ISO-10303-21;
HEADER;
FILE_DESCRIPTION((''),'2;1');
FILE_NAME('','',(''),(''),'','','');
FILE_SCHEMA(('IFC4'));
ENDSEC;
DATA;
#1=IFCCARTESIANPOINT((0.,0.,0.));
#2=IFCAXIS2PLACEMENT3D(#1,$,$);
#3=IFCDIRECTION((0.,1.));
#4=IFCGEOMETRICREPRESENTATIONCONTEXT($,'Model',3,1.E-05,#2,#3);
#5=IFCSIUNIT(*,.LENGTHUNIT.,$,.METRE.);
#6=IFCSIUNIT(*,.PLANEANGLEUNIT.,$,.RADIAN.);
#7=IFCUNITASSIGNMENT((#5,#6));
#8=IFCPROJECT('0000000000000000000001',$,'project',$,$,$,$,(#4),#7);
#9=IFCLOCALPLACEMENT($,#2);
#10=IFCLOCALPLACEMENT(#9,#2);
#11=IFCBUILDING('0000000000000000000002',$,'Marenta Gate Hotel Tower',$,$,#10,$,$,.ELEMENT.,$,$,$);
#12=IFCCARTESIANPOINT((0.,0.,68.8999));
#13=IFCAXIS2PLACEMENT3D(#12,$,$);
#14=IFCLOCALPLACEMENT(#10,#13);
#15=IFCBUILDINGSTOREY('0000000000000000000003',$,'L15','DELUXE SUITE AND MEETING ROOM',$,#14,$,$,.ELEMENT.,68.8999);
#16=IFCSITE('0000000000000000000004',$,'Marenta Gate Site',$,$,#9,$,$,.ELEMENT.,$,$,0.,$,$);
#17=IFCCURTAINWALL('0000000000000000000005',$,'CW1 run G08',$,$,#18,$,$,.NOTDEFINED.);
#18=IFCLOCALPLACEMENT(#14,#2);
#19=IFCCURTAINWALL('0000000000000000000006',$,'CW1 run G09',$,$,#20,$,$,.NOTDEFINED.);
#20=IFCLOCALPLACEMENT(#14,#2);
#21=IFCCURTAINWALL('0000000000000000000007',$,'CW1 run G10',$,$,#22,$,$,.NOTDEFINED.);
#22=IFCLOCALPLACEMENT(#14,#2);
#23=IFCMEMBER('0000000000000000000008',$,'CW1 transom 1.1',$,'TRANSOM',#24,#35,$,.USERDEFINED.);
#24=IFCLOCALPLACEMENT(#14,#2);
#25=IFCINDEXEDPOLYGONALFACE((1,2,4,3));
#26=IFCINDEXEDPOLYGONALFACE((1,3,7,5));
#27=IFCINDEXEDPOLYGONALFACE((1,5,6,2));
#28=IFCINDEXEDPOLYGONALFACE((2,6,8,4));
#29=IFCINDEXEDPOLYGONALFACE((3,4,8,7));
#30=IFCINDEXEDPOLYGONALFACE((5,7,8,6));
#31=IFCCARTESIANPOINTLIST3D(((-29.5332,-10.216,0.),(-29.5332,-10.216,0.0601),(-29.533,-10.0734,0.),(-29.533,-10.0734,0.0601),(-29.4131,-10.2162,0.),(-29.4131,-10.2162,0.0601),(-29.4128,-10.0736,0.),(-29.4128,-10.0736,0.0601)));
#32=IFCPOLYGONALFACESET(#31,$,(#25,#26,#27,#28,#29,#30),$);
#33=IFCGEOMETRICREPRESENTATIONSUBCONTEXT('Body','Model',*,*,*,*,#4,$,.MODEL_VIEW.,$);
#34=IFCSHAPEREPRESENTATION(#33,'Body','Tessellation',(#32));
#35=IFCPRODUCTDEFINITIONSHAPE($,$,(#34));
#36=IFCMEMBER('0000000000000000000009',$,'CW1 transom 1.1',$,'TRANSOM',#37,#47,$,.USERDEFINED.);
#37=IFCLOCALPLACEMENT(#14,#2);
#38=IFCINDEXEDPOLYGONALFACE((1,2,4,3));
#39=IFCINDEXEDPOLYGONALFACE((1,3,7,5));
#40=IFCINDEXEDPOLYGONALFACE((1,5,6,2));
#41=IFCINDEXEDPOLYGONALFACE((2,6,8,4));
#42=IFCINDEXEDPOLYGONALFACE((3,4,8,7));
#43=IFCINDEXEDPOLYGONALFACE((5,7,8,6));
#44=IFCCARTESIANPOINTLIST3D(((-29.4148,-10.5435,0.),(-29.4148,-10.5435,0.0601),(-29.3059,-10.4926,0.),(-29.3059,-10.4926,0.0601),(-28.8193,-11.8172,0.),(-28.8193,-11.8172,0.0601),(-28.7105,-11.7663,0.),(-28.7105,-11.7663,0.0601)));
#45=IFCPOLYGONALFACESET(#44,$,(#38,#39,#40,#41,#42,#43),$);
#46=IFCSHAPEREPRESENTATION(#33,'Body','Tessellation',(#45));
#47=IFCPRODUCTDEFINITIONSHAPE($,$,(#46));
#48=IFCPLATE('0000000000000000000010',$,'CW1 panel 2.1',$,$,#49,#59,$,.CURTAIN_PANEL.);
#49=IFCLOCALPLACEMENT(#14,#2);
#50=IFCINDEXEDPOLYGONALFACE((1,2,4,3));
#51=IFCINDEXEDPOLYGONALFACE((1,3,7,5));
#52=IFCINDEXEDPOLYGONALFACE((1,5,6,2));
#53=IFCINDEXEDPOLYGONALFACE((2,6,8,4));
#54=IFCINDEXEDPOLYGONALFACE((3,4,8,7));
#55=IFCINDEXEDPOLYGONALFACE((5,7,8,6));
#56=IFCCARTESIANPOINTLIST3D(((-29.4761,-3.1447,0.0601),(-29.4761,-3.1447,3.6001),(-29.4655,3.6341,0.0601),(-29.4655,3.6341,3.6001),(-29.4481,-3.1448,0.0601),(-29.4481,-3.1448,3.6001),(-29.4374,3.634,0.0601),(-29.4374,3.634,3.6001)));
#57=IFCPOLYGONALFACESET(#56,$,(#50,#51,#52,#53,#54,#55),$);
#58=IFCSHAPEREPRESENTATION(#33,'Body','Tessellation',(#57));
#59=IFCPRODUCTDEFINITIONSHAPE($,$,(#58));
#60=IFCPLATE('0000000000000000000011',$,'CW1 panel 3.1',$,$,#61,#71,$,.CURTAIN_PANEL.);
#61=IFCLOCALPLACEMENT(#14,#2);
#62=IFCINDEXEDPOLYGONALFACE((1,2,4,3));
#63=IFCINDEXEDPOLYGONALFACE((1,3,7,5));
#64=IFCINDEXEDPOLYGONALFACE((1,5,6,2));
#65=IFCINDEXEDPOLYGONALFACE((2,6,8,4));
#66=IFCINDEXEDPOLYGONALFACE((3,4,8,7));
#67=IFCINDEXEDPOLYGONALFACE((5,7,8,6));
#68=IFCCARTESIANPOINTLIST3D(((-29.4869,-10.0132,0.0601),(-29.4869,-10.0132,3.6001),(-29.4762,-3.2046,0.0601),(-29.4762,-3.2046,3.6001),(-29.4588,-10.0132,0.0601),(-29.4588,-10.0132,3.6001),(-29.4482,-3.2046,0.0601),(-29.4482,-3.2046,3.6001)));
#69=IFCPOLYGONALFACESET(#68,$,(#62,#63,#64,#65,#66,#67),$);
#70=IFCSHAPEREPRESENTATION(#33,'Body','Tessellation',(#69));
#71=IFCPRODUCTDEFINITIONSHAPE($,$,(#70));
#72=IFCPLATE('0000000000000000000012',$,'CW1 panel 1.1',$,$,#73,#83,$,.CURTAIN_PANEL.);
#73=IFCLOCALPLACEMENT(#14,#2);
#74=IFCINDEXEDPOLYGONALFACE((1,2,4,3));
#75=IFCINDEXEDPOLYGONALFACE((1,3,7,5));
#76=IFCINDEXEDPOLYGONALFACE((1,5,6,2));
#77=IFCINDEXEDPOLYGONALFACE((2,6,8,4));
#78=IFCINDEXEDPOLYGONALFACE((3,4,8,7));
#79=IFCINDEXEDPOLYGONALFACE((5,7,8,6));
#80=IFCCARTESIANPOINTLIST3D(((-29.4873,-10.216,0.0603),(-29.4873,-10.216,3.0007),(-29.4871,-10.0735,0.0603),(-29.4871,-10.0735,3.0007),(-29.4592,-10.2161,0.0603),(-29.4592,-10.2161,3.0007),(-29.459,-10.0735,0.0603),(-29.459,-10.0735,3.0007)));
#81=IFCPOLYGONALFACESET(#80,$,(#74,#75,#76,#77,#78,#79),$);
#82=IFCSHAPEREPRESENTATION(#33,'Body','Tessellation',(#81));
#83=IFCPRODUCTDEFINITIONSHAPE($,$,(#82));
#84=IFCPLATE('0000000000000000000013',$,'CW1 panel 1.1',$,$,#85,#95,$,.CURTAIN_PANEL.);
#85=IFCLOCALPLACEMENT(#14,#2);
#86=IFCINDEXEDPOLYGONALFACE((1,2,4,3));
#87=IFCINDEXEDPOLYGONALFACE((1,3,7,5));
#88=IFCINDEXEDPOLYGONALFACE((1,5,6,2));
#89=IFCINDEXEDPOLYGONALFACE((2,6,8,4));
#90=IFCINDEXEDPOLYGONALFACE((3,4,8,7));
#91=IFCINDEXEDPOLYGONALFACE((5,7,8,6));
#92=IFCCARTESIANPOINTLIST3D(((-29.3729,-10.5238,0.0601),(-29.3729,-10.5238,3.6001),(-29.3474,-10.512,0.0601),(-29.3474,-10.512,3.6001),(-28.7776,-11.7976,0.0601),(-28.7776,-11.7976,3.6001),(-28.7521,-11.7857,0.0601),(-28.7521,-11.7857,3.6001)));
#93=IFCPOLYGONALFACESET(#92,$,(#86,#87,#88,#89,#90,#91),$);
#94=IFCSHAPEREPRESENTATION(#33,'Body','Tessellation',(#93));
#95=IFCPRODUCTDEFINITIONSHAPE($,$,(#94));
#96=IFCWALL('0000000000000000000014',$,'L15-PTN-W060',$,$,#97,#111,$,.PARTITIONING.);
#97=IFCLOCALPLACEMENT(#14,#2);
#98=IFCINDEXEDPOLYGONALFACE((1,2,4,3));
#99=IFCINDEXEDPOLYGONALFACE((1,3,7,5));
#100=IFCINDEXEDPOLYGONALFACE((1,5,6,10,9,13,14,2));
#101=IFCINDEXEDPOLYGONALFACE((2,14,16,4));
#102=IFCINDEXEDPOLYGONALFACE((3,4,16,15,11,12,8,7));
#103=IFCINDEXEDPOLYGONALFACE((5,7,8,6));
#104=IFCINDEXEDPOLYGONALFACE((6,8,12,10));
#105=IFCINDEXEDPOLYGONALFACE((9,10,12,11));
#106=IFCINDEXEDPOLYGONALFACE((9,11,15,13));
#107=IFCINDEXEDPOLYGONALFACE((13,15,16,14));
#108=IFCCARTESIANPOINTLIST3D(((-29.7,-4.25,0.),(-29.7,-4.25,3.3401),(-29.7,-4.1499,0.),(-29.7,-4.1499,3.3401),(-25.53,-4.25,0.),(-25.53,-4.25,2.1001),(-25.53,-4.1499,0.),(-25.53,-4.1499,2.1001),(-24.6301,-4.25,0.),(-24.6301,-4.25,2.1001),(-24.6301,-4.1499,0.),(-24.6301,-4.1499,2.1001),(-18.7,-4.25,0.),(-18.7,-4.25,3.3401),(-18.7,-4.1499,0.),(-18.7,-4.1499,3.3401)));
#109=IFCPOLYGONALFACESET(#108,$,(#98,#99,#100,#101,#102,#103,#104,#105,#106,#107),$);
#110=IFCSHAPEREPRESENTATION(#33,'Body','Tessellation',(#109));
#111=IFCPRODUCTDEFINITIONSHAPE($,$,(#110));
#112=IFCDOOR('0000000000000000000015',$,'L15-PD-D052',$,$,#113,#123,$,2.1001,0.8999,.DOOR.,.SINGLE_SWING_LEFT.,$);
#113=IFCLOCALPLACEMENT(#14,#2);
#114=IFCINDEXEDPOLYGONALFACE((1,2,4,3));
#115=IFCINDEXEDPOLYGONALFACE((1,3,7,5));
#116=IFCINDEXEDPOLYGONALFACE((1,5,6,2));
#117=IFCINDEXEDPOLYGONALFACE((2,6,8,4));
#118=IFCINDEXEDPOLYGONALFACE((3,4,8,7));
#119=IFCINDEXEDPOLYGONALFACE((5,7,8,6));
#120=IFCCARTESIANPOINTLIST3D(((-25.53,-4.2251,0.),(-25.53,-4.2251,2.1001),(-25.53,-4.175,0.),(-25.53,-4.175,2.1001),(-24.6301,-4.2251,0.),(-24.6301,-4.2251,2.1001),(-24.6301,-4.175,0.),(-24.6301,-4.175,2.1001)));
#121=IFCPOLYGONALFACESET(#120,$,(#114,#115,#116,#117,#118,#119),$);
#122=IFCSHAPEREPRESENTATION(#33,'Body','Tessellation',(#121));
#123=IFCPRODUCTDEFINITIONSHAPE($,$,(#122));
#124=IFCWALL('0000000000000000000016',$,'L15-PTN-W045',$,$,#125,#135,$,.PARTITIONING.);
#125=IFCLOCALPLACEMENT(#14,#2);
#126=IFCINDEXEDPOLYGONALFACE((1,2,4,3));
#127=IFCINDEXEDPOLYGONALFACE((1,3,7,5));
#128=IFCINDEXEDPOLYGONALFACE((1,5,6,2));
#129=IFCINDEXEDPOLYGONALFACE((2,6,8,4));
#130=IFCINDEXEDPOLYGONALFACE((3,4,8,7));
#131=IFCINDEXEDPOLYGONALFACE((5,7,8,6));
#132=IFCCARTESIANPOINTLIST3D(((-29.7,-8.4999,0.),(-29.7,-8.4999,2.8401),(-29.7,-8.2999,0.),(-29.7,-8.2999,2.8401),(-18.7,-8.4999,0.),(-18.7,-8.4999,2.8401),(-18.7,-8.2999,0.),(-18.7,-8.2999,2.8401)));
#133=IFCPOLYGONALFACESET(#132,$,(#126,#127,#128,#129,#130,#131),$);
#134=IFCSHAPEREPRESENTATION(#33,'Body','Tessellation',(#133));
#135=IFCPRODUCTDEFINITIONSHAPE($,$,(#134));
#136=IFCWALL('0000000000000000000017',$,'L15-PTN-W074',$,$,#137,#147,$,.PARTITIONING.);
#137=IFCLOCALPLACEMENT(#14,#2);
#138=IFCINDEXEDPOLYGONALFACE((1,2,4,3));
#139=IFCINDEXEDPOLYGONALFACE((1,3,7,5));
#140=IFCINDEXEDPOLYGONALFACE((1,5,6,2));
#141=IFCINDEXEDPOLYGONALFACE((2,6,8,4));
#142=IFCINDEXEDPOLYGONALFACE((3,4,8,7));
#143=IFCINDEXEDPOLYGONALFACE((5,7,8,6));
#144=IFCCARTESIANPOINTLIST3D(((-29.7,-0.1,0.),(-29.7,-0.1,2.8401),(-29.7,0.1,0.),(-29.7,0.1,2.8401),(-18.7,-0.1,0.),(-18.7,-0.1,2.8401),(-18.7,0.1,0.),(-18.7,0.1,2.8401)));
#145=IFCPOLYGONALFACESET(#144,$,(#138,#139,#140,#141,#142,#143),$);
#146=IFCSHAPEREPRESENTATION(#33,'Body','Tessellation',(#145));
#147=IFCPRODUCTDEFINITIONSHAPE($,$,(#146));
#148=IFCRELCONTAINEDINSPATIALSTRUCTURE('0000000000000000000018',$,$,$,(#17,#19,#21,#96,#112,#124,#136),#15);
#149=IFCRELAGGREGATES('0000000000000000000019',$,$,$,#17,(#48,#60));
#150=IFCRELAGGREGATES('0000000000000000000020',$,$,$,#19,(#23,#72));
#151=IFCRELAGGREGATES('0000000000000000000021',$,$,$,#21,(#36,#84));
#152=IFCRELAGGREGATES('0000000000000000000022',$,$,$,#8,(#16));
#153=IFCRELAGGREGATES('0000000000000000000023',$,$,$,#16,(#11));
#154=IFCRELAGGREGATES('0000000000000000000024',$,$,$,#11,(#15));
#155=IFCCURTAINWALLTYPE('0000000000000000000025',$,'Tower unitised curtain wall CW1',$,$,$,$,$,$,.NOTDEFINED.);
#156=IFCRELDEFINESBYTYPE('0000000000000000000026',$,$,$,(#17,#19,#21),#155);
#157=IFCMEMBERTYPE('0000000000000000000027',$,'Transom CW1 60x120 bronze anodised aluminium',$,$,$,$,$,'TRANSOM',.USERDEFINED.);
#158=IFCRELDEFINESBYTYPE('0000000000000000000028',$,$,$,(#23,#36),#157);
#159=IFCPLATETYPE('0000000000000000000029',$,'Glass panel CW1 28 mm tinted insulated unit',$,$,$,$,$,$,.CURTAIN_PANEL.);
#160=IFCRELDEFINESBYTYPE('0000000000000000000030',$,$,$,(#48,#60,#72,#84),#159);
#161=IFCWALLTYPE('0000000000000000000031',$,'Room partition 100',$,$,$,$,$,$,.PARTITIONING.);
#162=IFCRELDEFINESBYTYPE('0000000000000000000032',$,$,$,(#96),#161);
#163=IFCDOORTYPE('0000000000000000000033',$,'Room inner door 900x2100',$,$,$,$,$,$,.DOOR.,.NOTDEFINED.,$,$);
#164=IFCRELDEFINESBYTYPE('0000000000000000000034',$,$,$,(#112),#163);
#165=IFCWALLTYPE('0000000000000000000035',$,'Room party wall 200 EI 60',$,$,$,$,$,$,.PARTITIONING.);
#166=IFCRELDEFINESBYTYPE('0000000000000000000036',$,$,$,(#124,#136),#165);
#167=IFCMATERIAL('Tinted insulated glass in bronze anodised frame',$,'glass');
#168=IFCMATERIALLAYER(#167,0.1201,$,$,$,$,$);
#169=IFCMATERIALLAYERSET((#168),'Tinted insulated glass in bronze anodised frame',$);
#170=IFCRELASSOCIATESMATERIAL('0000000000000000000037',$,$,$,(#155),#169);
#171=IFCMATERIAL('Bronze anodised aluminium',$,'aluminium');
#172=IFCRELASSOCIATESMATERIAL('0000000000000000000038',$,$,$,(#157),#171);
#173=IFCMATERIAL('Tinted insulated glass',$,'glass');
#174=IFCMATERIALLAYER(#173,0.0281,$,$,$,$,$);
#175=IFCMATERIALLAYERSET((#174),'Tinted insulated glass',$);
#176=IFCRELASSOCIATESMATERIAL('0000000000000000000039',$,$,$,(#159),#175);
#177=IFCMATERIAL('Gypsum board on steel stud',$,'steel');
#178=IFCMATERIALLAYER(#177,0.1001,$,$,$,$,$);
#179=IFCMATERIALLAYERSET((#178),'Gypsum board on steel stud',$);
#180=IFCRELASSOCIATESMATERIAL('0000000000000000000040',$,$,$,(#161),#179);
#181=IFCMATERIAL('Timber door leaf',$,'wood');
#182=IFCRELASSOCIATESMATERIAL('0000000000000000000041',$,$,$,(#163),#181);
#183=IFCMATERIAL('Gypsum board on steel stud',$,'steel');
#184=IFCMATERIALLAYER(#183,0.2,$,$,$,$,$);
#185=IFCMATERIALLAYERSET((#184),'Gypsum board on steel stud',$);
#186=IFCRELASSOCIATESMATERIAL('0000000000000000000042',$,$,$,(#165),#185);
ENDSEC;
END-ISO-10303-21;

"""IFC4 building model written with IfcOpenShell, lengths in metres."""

from ifc_helpers import new_model, si_unit, direction, frame, frame_2d, origin, origin_2d, place, context, subcontext, project, spatial, rectangle, extrude, material, layer, layer_set, material_profile, profile_set, type_object, element, fill, aggregate, save


model = new_model("IFC4")

# Units and contexts
model_context = context("Model", 3, precision=1e-05, world=origin(), true_north=direction((0.0, 1.0)))
body_context = subcontext(model_context, "Body", "Model", "MODEL_VIEW")
ifc_project = project(units=[si_unit("LENGTHUNIT", "METRE"), si_unit("PLANEANGLEUNIT", "RADIAN")], contexts=[model_context])

# Site, building, storey
site_placement = place(None, origin())
site = spatial("IfcSite", under=ifc_project, at=site_placement, Name="Marenta Gate Site", CompositionType="ELEMENT", RefElevation=0.0)
building_placement = place(site_placement, origin())
building = spatial("IfcBuilding", under=site, at=building_placement, Name="Marenta Gate Hotel Tower", CompositionType="ELEMENT")
storey_placement = place(building_placement, frame((0.0, 0.0, 68.8999)))
storey = spatial("IfcBuildingStorey", under=building, at=storey_placement, Name="L15", Description="DELUXE SUITE AND MEETING ROOM", CompositionType="ELEMENT", Elevation=68.8999)

# Curtain wall
ifc_material_1 = material(Name="Tinted insulated glass in bronze anodised frame", Category="glass")
ifc_layer_1 = layer(ifc_material_1, 0.1201)
ifc_layer_set_1 = layer_set([ifc_layer_1], Name="Tinted insulated glass in bronze anodised frame")
curtain_wall_type = type_object("IfcCurtainWallType", Name="Tower unitised curtain wall CW1", PredefinedType="NOTDEFINED", material=ifc_layer_set_1)
curtain_wall_1_placement = place(storey_placement, origin())
curtain_wall_1 = element("IfcCurtainWall", 1, at=curtain_wall_1_placement, inside=storey, type_object=curtain_wall_type, Name="CW1 run G08", PredefinedType="NOTDEFINED")

# Curtain wall
curtain_wall_2_placement = place(storey_placement, origin())
curtain_wall_2 = element("IfcCurtainWall", 2, at=curtain_wall_2_placement, inside=storey, type_object=curtain_wall_type, Name="CW1 run G09", PredefinedType="NOTDEFINED")

# Curtain wall
curtain_wall_3_placement = place(storey_placement, origin())
curtain_wall_3 = element("IfcCurtainWall", 3, at=curtain_wall_3_placement, inside=storey, type_object=curtain_wall_type, Name="CW1 run G10", PredefinedType="NOTDEFINED")

# Members
ifc_material_2 = material(Name="Bronze anodised aluminium", Category="aluminium")
ifc_material_profile_1 = material_profile(ifc_material_2, rectangle(XDim=0.1201, YDim=0.0601, at=origin_2d()), Name="Transom CW1 60x120 bronze anodised aluminium")
ifc_profile_set_1 = profile_set([ifc_material_profile_1], Name="Bronze anodised aluminium")
member_type_1 = type_object("IfcMemberType", Name="Transom CW1 60x120 bronze anodised aluminium", ElementType="TRANSOM", PredefinedType="USERDEFINED", material=ifc_profile_set_1)
member_1_placement = place(storey_placement, frame((-29.4729, -10.0735, 0.03), z_axis=(-0.001712, -0.999999, 0.0), x_axis=(0.999999, -0.001712, 0.0)))
member_1 = element("IfcMember", 4, at=member_1_placement, type_object=member_type_1, Name="CW1 transom 1.1", ObjectType="TRANSOM", PredefinedType="USERDEFINED", context=body_context, shape_type="SweptSolid", body=[
    extrude(rectangle(XDim=0.1201, YDim=0.0601, at=origin_2d()), origin(), (0.0, 0.0, 1.0), 0.1426),
])
member_2_placement = place(storey_placement, frame((-29.3604, -10.5181, 0.03), z_axis=(0.423513, -0.90589, 0.0), x_axis=(0.90589, 0.423513, 0.0)))
member_2 = element("IfcMember", 5, at=member_2_placement, type_object=member_type_1, Name="CW1 transom 1.1", ObjectType="TRANSOM", PredefinedType="USERDEFINED", context=body_context, shape_type="SweptSolid", body=[
    extrude(rectangle(XDim=0.1201, YDim=0.0601, at=origin_2d()), origin(), (0.0, 0.0, 1.0), 1.406),
])

# Plates
ifc_material_3 = material(Name="Tinted insulated glass", Category="glass")
ifc_layer_2 = layer(ifc_material_3, 0.0281)
ifc_layer_set_2 = layer_set([ifc_layer_2], Name="Tinted insulated glass")
plate_type = type_object("IfcPlateType", Name="Glass panel CW1 28 mm tinted insulated unit", PredefinedType="CURTAIN_PANEL", material=ifc_layer_set_2)
plate_1_placement = place(storey_placement, frame((-29.4568, 0.2446, 0.0601), z_axis=(0.0, 0.0, 1.0), x_axis=(-0.001565, -0.999999, 0.0)))
plate_1 = element("IfcPlate", 6, at=plate_1_placement, type_object=plate_type, Name="CW1 panel 2.1", PredefinedType="CURTAIN_PANEL", context=body_context, shape_type="SweptSolid", body=[
    extrude(rectangle(XDim=6.7788, YDim=0.0281, at=origin_2d()), origin(), (0.0, 0.0, 1.0), 3.54),
])
plate_2_placement = place(storey_placement, frame((-29.4675, -6.6089, 0.0601), z_axis=(0.0, 0.0, 1.0), x_axis=(-0.001565, -0.999999, 0.0)))
plate_2 = element("IfcPlate", 7, at=plate_2_placement, type_object=plate_type, Name="CW1 panel 3.1", PredefinedType="CURTAIN_PANEL", context=body_context, shape_type="SweptSolid", body=[
    extrude(rectangle(XDim=6.8086, YDim=0.0281, at=origin_2d()), origin(), (0.0, 0.0, 1.0), 3.54),
])
aggregate(curtain_wall_1, [plate_1, plate_2])
plate_3_placement = place(storey_placement, frame((-29.4731, -10.1448, 0.0603), z_axis=(0.0, 0.0, 1.0), x_axis=(-0.001523, -0.999999, 0.0)))
plate_3 = element("IfcPlate", 8, at=plate_3_placement, type_object=plate_type, Name="CW1 panel 1.1", PredefinedType="CURTAIN_PANEL", context=body_context, shape_type="SweptSolid", body=[
    extrude(rectangle(XDim=0.1426, YDim=0.0281, at=origin_2d()), origin(), (0.0, 0.0, 1.0), 2.9404),
])
aggregate(curtain_wall_2, [member_1, plate_3])
plate_4_placement = place(storey_placement, frame((-29.0625, -11.1548, 0.0601), z_axis=(0.0, 0.0, 1.0), x_axis=(0.423375, -0.905955, 0.0)))
plate_4 = element("IfcPlate", 9, at=plate_4_placement, type_object=plate_type, Name="CW1 panel 1.1", PredefinedType="CURTAIN_PANEL", context=body_context, shape_type="SweptSolid", body=[
    extrude(rectangle(XDim=1.406, YDim=0.0281, at=origin_2d()), origin(), (0.0, 0.0, 1.0), 3.54),
])
aggregate(curtain_wall_3, [member_2, plate_4])

# Wall, opening, door
ifc_material_4 = material(Name="Gypsum board on steel stud", Category="steel")
ifc_layer_3 = layer(ifc_material_4, 0.1001)
ifc_layer_set_3 = layer_set([ifc_layer_3], Name="Gypsum board on steel stud")
wall_type_1 = type_object("IfcWallType", Name="Room partition 100", PredefinedType="PARTITIONING", material=ifc_layer_set_3)
wall_placement = place(storey_placement, frame((-29.7, -4.2, 0.0), z_axis=(0.0, 0.0, 1.0), x_axis=(1.0, 0.0, 0.0)))
wall = element("IfcWall", 10, at=wall_placement, inside=storey, type_object=wall_type_1, Name="L15-PTN-W060", PredefinedType="PARTITIONING", context=body_context, shape_type="SweptSolid", body=[
    extrude(rectangle(XDim=11.0, YDim=0.1001, at=frame_2d((5.5, 0.0))), origin(), (0.0, 0.0, 1.0), 3.3401),
])
opening_placement = place(wall_placement, frame((4.1699, 0.0, 0.0)))
opening = element("IfcOpeningElement", 11, at=opening_placement, cuts=wall, PredefinedType="OPENING", context=body_context, shape_type="SweptSolid", body=[
    extrude(rectangle(XDim=0.8999, YDim=2.1001, at=frame_2d((0.45, 1.05))), frame((0.0, 0.05, 0.0), z_axis=(0.0, -1.0, 0.0), x_axis=(1.0, 0.0, 0.0)), (0.0, 0.0, 1.0), 0.1001),
])
ifc_material_5 = material(Name="Timber door leaf", Category="wood")
door_type = type_object("IfcDoorType", Name="Room inner door 900x2100", OperationType="NOTDEFINED", PredefinedType="DOOR", material=ifc_material_5)
door_placement = place(opening_placement, origin())
door = element("IfcDoor", 12, at=door_placement, inside=storey, type_object=door_type, Name="L15-PD-D052", OperationType="SINGLE_SWING_LEFT", OverallHeight=2.1001, OverallWidth=0.8999, PredefinedType="DOOR", context=body_context, shape_type="SweptSolid", body=[
    extrude(rectangle(XDim=0.8999, YDim=2.1001, at=frame_2d((0.45, 1.05))), frame((0.0, 0.0249, 0.0), z_axis=(0.0, -1.0, 0.0), x_axis=(1.0, 0.0, 0.0)), (0.0, 0.0, 1.0), 0.05),
])
fill(opening, door)

# Walls
ifc_material_6 = material(Name="Gypsum board on steel stud", Category="steel")
ifc_layer_4 = layer(ifc_material_6, 0.2)
ifc_layer_set_4 = layer_set([ifc_layer_4], Name="Gypsum board on steel stud")
wall_type_2 = type_object("IfcWallType", Name="Room party wall 200 EI 60", PredefinedType="PARTITIONING", material=ifc_layer_set_4)
for number, where, z_axis, x_axis, name in (
    (13, (-29.7, -8.3999, 0.0), (0.0, 0.0, 1.0), (1.0, 0.0, 0.0), "L15-PTN-W045"),
    (14, (-29.7, 0.0, 0.0), (0.0, 0.0, 1.0), (1.0, 0.0, 0.0), "L15-PTN-W074"),
):
    element("IfcWall", number, at=place(storey_placement, frame(where, z_axis=z_axis, x_axis=x_axis)), inside=storey, type_object=wall_type_2, Name=name, PredefinedType="PARTITIONING", context=body_context, shape_type="SweptSolid", body=[
        extrude(rectangle(XDim=11.0, YDim=0.2, at=frame_2d((5.5, 0.0))), origin(), (0.0, 0.0, 1.0), 2.8401),
    ])

save(model, "model.ifc")
